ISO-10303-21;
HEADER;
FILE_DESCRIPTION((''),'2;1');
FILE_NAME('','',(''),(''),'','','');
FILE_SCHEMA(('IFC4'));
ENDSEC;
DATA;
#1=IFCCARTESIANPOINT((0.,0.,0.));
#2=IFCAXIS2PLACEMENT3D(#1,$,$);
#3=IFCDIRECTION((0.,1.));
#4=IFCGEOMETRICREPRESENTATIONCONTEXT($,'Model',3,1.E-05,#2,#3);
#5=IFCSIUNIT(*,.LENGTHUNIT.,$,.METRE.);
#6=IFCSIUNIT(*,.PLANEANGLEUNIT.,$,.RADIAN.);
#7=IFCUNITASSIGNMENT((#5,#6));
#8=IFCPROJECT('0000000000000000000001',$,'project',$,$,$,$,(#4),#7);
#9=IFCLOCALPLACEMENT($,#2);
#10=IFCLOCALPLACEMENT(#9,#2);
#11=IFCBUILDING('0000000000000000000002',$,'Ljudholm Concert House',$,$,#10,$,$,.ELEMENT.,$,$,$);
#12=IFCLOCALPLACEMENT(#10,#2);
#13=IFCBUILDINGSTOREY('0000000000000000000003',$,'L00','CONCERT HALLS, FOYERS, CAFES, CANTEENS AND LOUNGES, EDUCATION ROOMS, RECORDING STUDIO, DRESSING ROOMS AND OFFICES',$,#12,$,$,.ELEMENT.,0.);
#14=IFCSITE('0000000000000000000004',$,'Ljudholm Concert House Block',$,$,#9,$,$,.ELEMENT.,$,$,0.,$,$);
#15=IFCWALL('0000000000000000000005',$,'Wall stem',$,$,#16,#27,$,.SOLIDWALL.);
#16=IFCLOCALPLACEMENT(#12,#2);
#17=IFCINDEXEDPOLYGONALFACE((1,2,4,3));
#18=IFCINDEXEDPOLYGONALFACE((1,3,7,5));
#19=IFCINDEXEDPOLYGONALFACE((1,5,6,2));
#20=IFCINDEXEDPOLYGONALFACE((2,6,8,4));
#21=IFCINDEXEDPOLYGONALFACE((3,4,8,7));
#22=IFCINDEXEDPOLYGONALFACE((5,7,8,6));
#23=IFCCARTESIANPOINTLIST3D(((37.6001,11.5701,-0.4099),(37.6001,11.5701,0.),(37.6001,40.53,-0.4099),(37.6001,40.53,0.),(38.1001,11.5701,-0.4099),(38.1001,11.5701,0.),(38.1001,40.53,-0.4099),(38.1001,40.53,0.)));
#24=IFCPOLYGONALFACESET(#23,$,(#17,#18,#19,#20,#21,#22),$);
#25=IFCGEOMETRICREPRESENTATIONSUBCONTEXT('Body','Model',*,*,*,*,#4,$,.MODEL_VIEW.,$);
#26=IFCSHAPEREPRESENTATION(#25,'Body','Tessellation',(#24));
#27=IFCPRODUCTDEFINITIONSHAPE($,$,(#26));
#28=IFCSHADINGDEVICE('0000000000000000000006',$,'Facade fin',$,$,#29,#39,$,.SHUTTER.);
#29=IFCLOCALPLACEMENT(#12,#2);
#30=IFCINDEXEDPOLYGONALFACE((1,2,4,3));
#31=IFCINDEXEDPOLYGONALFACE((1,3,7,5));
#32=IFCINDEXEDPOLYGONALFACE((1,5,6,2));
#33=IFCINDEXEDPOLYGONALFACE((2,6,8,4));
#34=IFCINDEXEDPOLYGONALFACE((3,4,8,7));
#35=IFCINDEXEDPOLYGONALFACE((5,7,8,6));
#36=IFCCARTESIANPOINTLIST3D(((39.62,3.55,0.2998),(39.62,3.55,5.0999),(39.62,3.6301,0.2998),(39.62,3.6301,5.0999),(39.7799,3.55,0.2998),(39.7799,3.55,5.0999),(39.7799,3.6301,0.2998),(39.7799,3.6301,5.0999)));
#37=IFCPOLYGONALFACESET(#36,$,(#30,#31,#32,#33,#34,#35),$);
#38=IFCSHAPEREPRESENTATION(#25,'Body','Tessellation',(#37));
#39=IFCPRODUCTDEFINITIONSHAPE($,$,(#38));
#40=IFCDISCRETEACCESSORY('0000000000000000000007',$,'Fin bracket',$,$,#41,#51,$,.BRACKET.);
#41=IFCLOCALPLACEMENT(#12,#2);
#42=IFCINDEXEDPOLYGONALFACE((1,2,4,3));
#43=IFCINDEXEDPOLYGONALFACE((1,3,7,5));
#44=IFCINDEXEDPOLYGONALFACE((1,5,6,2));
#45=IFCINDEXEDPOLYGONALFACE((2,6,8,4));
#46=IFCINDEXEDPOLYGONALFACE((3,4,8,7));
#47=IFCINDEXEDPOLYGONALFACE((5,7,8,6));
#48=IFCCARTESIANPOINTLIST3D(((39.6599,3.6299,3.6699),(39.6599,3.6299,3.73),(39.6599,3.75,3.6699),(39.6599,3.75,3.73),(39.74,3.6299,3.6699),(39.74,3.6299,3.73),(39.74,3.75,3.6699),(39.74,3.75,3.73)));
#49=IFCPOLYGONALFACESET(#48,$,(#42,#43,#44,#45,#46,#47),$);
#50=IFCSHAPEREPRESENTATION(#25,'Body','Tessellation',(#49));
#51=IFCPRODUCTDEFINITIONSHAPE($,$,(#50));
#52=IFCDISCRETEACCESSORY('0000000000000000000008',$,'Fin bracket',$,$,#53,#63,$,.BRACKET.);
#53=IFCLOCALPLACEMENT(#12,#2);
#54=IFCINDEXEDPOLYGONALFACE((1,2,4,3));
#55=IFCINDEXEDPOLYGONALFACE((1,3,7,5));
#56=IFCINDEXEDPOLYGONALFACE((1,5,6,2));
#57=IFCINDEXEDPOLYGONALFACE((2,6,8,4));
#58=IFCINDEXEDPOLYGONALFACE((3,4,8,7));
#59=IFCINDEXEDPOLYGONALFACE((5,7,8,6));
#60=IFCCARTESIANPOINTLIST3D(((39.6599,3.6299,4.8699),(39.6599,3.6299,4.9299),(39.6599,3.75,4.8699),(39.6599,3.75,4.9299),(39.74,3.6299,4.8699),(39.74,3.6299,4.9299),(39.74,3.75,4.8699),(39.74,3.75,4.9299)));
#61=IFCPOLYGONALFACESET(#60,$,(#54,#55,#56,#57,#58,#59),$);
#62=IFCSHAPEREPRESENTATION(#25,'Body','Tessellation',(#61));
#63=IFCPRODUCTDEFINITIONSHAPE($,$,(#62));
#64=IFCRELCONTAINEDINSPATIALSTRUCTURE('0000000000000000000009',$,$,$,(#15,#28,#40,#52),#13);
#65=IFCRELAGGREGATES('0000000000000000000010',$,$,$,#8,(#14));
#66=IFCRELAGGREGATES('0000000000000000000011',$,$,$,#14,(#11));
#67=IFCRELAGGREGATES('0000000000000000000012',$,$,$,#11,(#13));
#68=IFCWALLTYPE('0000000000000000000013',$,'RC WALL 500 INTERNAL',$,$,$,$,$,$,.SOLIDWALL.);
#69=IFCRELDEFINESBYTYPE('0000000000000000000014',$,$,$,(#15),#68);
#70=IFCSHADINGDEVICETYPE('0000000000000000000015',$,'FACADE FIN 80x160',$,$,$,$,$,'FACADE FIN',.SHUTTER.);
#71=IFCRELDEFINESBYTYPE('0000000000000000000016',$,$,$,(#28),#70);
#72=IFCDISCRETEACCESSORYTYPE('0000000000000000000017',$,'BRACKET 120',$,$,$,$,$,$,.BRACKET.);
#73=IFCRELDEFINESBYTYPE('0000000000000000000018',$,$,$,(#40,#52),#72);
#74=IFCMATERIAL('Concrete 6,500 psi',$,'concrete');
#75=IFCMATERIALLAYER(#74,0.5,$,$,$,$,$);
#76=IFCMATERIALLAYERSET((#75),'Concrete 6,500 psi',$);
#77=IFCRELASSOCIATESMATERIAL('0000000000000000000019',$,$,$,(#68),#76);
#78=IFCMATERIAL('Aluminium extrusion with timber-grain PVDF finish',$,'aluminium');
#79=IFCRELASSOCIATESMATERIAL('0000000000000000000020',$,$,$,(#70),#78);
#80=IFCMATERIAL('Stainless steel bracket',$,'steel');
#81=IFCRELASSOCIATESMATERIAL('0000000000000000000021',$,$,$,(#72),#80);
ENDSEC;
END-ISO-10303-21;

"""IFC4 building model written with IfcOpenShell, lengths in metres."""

from ifc_helpers import new_model, si_unit, direction, frame, frame_2d, origin, origin_2d, place, context, subcontext, project, spatial, rectangle, extrude, material, layer, layer_set, type_object, element, save


model = new_model("IFC4")

# Units and contexts
model_context = context("Model", 3, precision=1e-05, world=origin(), true_north=direction((0.0, 1.0)))
body_context = subcontext(model_context, "Body", "Model", "MODEL_VIEW")
ifc_project = project(units=[si_unit("LENGTHUNIT", "METRE"), si_unit("PLANEANGLEUNIT", "RADIAN")], contexts=[model_context])

# Site, building, storey
site_placement = place(None, origin())
site = spatial("IfcSite", under=ifc_project, at=site_placement, Name="Ljudholm Concert House Block", CompositionType="ELEMENT", RefElevation=0.0)
building_placement = place(site_placement, origin())
building = spatial("IfcBuilding", under=site, at=building_placement, Name="Ljudholm Concert House", CompositionType="ELEMENT")
storey_placement = place(building_placement, origin())
storey = spatial("IfcBuildingStorey", under=building, at=storey_placement, Name="L00", Description="CONCERT HALLS, FOYERS, CAFES, CANTEENS AND LOUNGES, EDUCATION ROOMS, RECORDING STUDIO, DRESSING ROOMS AND OFFICES", CompositionType="ELEMENT", Elevation=0.0)

# Shared definitions
ifc_material_1 = material(Name="Concrete 6,500 psi", Category="concrete")
ifc_layer_1 = layer(ifc_material_1, 0.5)
ifc_layer_set_1 = layer_set([ifc_layer_1], Name="Concrete 6,500 psi")
wall_type_1 = type_object("IfcWallType", Name="RC WALL 500 INTERNAL", PredefinedType="SOLIDWALL", material=ifc_layer_set_1)

# Wall
wall_1_placement = place(storey_placement, frame((37.8501, 11.5701, -0.4099), z_axis=(0.0, 0.0, 1.0), x_axis=(0.0, 1.0, 0.0)))
element("IfcWall", 1, at=wall_1_placement, inside=storey, type_object=wall_type_1, Name="Wall stem", PredefinedType="SOLIDWALL", context=body_context, shape_type="SweptSolid", body=[
    extrude(rectangle(XDim=28.96, YDim=0.5, at=frame_2d((14.48, 0.0))), origin(), (0.0, 0.0, 1.0), 0.4099),
])

# Shading device
ifc_material_2 = material(Name="Aluminium extrusion with timber-grain PVDF finish", Category="aluminium")
shading_device_type = type_object("IfcShadingDeviceType", Name="FACADE FIN 80x160", ElementType="FACADE FIN", PredefinedType="SHUTTER", material=ifc_material_2)
shading_device_placement = place(storey_placement, frame((39.7, 3.5901, 0.2998), z_axis=(0.0, 0.0, 1.0), x_axis=(0.0, -1.0, 0.0)))
element("IfcShadingDevice", 2, at=shading_device_placement, inside=storey, type_object=shading_device_type, Name="Facade fin", PredefinedType="SHUTTER", context=body_context, shape_type="SweptSolid", body=[
    extrude(rectangle(XDim=0.0801, YDim=0.1599, at=origin_2d()), origin(), (0.0, 0.0, 1.0), 4.8),
])

# Discrete accessories
ifc_material_3 = material(Name="Stainless steel bracket", Category="steel")
discrete_accessory_type = type_object("IfcDiscreteAccessoryType", Name="BRACKET 120", PredefinedType="BRACKET", material=ifc_material_3)
for number, where, z_axis, x_axis, name in (
    (3, (39.7, 3.6899, 3.6699), (0.0, 0.0, 1.0), (0.0, -1.0, 0.0), "Fin bracket"),
    (4, (39.7, 3.6899, 4.8699), (0.0, 0.0, 1.0), (0.0, -1.0, 0.0), "Fin bracket"),
):
    element("IfcDiscreteAccessory", number, at=place(storey_placement, frame(where, z_axis=z_axis, x_axis=x_axis)), inside=storey, type_object=discrete_accessory_type, Name=name, PredefinedType="BRACKET", context=body_context, shape_type="SweptSolid", body=[
        extrude(rectangle(XDim=0.1201, YDim=0.0801, at=origin_2d()), origin(), (0.0, 0.0, 1.0), 0.0601),
    ])

save(model, "model.ifc")
